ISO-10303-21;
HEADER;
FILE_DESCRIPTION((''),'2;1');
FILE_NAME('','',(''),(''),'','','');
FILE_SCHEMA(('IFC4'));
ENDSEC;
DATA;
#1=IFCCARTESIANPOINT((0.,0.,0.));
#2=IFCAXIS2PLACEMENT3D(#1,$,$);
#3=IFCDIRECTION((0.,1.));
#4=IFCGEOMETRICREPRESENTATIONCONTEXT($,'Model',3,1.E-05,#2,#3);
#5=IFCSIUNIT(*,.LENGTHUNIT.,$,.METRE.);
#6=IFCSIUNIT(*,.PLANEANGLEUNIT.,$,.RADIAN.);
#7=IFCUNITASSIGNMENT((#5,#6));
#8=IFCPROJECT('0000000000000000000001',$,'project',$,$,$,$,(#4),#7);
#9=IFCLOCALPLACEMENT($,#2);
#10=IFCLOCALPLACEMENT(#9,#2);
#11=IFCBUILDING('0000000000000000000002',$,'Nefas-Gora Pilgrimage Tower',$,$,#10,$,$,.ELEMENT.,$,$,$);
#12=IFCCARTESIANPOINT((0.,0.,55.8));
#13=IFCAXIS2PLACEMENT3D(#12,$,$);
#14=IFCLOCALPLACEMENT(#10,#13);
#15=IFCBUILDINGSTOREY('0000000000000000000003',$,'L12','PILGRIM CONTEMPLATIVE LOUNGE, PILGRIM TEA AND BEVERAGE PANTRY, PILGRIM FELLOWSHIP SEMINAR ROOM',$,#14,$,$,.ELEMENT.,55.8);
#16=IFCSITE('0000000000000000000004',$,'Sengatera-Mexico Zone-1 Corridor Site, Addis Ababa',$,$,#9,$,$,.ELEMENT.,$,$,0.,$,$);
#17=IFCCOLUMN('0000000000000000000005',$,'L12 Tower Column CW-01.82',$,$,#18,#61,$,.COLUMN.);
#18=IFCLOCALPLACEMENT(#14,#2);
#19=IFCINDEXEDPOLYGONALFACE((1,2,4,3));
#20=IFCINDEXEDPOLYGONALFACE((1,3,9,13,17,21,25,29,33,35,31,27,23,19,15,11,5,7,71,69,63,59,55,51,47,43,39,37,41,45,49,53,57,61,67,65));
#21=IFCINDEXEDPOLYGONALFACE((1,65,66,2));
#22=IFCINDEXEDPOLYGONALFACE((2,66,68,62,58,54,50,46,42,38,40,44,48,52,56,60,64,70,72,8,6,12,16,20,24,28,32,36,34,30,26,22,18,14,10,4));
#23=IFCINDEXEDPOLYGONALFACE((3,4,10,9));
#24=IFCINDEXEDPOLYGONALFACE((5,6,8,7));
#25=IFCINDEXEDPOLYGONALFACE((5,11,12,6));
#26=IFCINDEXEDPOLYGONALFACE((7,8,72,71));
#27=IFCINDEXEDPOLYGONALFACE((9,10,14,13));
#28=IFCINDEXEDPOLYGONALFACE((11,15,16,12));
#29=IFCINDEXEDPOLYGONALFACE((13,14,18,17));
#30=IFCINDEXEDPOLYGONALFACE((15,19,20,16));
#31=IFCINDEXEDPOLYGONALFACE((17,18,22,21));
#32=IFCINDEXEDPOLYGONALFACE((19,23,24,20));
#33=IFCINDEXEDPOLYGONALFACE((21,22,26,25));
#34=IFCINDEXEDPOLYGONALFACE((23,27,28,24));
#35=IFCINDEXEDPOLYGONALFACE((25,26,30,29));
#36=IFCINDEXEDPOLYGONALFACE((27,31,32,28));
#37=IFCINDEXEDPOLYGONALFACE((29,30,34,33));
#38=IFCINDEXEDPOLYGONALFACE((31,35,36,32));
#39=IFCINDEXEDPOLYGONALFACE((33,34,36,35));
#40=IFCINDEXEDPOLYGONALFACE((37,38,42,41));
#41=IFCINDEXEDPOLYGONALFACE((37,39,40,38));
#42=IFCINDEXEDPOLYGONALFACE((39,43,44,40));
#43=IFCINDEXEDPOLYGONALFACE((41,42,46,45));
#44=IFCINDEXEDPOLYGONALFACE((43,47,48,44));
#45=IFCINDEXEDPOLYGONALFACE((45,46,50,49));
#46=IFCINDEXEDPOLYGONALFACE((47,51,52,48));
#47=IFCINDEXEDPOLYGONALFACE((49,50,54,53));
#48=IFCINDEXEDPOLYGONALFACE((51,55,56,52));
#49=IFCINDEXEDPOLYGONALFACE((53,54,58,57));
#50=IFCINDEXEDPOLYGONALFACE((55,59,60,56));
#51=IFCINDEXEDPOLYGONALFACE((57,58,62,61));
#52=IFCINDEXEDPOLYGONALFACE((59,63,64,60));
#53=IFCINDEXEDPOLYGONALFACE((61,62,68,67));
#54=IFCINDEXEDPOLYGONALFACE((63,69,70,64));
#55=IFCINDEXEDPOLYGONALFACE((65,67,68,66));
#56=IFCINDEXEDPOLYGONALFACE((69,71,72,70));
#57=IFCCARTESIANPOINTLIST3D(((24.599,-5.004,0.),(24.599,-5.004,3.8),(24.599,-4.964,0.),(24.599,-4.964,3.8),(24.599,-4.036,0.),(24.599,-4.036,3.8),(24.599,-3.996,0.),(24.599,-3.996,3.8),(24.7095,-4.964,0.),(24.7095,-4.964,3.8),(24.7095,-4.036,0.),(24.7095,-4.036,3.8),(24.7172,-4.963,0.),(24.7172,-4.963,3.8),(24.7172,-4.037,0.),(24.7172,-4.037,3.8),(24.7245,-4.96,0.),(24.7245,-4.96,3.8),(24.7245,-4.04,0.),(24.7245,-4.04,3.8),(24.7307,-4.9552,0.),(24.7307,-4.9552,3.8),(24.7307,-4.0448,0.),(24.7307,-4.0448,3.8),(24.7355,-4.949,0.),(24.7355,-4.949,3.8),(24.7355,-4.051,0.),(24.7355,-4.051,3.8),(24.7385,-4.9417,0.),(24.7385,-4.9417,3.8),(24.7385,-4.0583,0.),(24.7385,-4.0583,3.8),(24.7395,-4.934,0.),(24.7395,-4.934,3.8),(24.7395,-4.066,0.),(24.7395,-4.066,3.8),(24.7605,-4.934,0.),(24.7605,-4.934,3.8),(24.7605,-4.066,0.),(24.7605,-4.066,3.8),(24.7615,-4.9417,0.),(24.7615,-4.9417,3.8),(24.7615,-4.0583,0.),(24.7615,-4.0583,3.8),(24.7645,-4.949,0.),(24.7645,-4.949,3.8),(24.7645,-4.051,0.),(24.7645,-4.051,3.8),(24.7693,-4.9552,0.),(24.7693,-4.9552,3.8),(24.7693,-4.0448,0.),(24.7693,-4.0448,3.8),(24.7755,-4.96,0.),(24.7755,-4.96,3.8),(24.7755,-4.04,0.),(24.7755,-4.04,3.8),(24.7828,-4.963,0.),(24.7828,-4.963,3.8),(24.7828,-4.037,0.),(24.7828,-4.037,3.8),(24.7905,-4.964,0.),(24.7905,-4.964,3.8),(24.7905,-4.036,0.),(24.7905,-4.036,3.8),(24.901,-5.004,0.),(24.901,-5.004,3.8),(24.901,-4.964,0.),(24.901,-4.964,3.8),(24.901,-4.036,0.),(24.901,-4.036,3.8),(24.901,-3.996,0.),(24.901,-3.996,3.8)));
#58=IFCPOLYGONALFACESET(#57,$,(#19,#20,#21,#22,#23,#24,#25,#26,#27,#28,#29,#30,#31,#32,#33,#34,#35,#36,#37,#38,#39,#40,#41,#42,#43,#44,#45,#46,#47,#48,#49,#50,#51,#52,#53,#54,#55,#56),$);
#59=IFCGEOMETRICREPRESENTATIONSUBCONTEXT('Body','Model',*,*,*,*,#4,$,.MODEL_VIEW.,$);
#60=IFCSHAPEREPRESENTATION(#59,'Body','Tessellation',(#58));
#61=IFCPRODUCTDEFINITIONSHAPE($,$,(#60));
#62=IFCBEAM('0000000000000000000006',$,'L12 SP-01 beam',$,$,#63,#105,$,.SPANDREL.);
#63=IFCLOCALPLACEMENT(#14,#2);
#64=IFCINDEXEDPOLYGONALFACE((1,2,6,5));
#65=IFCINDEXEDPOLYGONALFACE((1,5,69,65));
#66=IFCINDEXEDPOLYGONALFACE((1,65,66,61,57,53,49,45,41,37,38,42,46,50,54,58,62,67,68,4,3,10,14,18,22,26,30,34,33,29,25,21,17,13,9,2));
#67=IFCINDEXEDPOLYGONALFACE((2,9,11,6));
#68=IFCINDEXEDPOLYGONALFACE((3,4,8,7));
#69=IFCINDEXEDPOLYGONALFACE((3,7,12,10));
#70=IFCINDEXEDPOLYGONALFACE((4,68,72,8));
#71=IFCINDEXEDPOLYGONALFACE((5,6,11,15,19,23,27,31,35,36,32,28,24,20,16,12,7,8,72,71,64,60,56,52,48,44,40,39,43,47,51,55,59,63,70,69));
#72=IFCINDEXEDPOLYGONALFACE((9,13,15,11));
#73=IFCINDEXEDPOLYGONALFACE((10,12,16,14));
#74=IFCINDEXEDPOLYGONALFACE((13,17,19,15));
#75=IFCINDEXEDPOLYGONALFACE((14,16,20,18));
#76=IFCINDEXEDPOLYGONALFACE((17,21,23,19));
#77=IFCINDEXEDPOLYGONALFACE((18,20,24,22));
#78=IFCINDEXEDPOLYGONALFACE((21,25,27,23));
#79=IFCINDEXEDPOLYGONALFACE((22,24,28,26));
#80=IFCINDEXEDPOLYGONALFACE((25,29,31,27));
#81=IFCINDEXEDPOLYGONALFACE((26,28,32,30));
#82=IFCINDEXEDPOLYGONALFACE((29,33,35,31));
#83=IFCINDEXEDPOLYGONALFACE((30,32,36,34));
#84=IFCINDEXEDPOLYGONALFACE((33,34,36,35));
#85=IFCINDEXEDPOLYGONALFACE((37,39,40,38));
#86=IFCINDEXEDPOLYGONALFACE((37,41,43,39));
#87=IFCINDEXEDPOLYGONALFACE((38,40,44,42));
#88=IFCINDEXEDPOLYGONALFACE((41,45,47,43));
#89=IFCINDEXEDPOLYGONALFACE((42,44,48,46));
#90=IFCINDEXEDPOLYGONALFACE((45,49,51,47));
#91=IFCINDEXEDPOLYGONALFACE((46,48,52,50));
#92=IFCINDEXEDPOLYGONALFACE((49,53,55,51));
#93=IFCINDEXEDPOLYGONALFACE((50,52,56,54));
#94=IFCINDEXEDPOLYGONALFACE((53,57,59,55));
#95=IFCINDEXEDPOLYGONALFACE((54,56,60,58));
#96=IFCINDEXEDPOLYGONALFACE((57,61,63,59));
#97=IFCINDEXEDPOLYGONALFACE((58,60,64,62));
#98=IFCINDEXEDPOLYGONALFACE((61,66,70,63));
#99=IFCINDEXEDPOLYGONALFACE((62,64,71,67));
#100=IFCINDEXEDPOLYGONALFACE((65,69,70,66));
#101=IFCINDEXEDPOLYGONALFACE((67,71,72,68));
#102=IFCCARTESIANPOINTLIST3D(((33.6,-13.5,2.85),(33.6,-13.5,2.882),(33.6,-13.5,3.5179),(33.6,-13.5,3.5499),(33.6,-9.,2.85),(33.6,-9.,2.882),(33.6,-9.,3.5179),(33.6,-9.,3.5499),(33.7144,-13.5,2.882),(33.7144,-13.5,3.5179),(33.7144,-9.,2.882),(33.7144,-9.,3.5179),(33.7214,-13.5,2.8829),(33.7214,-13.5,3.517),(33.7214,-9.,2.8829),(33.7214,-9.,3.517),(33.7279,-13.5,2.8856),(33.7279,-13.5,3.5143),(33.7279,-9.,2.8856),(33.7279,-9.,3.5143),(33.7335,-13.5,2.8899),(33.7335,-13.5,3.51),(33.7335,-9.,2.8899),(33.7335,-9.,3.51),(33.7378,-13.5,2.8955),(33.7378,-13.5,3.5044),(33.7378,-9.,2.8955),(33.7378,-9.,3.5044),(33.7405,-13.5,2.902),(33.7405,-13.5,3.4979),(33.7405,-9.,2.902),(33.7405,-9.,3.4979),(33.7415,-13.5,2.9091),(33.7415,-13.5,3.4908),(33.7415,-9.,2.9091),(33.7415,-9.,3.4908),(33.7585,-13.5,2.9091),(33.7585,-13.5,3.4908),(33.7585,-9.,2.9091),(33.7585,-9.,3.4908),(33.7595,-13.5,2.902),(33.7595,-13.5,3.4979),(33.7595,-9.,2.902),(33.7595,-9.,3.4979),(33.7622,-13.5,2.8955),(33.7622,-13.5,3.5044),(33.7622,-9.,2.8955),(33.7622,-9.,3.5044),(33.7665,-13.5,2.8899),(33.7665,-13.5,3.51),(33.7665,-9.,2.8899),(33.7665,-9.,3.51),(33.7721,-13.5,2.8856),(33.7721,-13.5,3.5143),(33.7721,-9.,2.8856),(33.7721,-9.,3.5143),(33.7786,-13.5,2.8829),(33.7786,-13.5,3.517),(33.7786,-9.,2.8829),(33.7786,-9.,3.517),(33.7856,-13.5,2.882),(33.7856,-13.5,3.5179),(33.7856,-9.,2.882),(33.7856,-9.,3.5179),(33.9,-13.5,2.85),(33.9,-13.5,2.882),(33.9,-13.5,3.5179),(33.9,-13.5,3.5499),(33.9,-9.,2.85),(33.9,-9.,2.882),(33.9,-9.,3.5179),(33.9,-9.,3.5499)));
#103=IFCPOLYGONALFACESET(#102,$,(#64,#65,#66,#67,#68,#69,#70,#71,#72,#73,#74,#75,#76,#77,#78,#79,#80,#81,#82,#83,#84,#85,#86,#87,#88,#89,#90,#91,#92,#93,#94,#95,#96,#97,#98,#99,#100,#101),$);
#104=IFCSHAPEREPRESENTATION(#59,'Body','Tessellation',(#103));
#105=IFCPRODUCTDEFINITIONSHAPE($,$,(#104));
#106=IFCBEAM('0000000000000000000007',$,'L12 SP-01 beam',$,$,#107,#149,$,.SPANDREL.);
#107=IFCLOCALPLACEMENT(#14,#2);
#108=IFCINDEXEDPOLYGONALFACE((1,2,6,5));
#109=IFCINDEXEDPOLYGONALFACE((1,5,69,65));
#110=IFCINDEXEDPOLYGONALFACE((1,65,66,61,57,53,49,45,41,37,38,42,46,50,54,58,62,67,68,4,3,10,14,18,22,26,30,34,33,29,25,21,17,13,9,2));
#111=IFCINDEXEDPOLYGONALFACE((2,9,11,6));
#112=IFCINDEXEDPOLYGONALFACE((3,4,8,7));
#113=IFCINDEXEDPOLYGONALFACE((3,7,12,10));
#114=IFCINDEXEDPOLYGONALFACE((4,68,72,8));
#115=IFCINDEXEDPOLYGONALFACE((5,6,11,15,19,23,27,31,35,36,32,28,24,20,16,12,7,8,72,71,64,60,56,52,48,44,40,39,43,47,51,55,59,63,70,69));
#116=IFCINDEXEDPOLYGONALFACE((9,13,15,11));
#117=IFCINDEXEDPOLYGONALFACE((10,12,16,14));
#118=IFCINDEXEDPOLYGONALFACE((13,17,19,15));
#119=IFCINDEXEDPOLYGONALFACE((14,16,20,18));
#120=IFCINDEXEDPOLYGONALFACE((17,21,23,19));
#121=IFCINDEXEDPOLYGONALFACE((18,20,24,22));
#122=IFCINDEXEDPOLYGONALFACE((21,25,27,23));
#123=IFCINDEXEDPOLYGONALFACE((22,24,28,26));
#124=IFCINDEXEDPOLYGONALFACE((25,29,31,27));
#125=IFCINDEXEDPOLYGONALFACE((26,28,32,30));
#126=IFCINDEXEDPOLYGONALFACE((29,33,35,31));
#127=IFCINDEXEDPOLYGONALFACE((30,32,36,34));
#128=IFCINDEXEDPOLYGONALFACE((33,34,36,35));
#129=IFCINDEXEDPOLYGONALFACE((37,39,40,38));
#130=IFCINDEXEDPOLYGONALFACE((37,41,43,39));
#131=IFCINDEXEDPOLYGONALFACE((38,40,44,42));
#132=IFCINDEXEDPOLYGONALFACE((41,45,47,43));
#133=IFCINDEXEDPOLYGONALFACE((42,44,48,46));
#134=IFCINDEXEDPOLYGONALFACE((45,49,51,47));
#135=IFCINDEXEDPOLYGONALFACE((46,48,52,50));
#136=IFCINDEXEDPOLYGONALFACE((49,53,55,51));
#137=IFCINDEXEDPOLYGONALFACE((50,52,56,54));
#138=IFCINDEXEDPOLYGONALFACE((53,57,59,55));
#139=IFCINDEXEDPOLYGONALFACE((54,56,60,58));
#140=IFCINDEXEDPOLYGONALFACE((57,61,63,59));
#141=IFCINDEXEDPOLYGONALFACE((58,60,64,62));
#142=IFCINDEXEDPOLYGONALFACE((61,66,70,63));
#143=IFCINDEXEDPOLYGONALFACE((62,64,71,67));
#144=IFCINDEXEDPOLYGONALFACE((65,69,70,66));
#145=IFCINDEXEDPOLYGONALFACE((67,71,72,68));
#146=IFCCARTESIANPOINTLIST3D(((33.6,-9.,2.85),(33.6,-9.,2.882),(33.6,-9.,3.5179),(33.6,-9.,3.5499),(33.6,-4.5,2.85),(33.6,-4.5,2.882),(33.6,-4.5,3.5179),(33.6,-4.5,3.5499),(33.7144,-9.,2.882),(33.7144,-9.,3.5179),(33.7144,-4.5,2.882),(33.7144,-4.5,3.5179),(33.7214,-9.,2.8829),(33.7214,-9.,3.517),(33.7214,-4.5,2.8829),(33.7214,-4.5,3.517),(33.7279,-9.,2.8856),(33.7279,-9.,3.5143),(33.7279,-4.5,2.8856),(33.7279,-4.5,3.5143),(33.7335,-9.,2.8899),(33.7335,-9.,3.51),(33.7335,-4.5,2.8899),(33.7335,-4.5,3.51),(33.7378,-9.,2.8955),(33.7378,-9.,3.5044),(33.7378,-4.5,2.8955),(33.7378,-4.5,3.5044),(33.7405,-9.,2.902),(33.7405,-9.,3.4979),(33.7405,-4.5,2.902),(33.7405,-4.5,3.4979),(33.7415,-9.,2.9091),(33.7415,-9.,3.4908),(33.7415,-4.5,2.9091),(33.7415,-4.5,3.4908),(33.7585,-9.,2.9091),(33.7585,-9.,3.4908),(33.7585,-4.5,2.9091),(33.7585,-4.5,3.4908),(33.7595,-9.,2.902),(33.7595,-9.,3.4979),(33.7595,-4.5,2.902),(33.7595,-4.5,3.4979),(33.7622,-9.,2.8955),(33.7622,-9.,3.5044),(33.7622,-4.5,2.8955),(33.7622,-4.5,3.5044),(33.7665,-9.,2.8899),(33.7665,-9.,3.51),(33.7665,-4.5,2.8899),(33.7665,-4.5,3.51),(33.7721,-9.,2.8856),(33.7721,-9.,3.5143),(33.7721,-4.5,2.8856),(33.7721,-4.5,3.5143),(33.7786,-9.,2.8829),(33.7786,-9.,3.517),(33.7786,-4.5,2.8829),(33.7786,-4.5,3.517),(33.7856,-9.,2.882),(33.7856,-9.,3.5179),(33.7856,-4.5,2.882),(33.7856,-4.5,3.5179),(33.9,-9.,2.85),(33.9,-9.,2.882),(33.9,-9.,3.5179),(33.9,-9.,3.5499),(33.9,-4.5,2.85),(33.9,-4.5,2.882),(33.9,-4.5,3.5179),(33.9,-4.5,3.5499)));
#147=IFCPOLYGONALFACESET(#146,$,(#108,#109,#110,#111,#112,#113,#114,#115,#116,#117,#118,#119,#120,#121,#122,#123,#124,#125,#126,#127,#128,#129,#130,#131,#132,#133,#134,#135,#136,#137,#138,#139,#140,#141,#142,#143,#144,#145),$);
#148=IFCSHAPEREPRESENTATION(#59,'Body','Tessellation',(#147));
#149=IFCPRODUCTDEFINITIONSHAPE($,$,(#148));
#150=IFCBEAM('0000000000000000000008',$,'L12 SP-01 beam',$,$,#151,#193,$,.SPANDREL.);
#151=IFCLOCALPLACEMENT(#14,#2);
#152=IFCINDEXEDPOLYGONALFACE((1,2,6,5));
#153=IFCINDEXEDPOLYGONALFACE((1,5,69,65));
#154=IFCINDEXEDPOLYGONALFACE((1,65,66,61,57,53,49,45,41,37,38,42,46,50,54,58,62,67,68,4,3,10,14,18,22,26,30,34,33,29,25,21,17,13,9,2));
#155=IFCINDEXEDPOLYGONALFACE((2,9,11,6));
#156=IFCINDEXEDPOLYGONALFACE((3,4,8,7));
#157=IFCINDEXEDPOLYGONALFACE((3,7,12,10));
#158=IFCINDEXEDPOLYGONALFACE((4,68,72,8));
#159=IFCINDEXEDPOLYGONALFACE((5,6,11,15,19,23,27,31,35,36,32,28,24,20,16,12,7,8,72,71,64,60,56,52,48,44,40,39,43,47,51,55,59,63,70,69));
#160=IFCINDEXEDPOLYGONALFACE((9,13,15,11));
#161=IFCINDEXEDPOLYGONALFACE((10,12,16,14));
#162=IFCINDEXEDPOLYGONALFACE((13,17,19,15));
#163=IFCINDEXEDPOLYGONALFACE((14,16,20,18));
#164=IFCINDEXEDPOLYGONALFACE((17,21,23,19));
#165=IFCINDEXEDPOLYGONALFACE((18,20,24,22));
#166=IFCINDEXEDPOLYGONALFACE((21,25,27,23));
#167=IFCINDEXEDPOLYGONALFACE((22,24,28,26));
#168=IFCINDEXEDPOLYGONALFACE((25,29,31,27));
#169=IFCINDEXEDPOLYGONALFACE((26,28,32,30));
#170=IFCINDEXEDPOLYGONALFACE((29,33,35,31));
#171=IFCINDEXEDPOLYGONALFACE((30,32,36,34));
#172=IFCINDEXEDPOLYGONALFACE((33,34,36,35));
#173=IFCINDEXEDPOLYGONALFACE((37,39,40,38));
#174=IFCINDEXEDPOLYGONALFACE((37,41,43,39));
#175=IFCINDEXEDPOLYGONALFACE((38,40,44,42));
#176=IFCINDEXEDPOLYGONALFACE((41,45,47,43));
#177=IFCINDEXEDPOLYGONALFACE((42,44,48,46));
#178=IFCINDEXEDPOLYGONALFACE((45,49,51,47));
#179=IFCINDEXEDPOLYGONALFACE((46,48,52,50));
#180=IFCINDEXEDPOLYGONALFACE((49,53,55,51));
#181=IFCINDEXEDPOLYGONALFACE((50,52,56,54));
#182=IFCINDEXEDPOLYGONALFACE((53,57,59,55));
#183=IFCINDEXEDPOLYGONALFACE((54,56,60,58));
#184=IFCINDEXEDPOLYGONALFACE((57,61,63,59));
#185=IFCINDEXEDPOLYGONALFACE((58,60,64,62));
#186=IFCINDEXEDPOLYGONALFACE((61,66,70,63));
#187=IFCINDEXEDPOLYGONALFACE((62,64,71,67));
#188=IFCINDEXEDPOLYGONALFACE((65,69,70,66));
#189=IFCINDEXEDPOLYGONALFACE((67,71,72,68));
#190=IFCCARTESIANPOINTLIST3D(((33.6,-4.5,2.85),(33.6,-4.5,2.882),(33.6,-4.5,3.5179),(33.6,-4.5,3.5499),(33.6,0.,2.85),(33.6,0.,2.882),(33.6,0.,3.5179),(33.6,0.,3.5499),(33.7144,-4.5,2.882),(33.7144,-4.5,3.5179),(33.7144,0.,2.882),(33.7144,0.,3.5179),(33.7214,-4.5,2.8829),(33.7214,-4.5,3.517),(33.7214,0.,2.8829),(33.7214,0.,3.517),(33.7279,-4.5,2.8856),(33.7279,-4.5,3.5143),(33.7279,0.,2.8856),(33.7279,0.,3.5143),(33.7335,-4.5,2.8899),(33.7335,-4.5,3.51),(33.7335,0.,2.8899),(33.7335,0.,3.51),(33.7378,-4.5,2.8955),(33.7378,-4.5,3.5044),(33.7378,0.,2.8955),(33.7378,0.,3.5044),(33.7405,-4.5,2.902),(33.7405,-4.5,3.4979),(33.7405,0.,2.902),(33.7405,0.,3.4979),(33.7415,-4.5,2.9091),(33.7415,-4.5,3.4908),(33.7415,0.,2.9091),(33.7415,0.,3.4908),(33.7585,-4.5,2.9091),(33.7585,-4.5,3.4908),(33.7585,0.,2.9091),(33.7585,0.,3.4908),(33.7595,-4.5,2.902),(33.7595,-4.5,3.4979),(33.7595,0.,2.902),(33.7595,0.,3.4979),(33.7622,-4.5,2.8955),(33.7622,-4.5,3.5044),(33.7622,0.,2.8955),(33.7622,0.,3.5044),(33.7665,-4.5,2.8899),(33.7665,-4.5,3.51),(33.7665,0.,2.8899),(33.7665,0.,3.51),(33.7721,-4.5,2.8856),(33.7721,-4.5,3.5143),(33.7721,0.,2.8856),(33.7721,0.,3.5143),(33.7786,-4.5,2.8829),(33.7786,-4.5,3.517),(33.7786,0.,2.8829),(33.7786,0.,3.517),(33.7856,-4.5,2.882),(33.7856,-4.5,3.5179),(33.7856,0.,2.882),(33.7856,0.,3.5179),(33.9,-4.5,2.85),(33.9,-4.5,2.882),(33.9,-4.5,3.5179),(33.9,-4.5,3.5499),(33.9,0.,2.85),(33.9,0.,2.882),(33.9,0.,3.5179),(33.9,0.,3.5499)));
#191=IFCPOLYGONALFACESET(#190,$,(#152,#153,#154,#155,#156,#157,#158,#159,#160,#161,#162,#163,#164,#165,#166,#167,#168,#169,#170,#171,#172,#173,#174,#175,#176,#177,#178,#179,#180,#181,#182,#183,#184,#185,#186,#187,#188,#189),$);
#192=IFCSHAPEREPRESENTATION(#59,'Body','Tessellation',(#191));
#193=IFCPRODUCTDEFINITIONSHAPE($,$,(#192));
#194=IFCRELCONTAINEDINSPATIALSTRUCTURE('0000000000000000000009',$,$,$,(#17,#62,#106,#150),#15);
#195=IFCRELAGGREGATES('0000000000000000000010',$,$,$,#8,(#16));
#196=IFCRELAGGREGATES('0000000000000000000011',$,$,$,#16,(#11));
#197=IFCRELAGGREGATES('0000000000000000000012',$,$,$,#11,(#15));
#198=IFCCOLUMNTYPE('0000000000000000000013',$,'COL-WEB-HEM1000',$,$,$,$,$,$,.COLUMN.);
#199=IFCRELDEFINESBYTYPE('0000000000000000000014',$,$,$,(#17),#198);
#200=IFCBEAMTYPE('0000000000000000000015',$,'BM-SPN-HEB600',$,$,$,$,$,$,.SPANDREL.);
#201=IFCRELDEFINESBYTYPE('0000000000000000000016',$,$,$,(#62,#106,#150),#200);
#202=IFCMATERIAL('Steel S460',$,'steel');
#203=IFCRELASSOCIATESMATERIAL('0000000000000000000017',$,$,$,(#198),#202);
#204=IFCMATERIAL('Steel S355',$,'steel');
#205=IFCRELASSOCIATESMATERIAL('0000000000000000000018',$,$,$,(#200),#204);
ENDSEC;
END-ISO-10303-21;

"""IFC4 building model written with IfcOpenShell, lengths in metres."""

from ifc_helpers import new_model, si_unit, direction, frame, origin, origin_2d, place, context, subcontext, project, spatial, i_section, extrude, source, transform, mapped, material, material_profile, profile_set, type_object, element, save


model = new_model("IFC4")

# Units and contexts
model_context = context("Model", 3, precision=1e-05, world=origin(), true_north=direction((0.0, 1.0)))
body_context = subcontext(model_context, "Body", "Model", "MODEL_VIEW")
ifc_project = project(units=[si_unit("LENGTHUNIT", "METRE"), si_unit("PLANEANGLEUNIT", "RADIAN")], contexts=[model_context])

# Site, building, storey
site_placement = place(None, origin())
site = spatial("IfcSite", under=ifc_project, at=site_placement, Name="Sengatera-Mexico Zone-1 Corridor Site, Addis Ababa", CompositionType="ELEMENT", RefElevation=0.0)
building_placement = place(site_placement, origin())
building = spatial("IfcBuilding", under=site, at=building_placement, Name="Nefas-Gora Pilgrimage Tower", CompositionType="ELEMENT")
storey_placement = place(building_placement, frame((0.0, 0.0, 55.8)))
storey = spatial("IfcBuildingStorey", under=building, at=storey_placement, Name="L12", Description="PILGRIM CONTEMPLATIVE LOUNGE, PILGRIM TEA AND BEVERAGE PANTRY, PILGRIM FELLOWSHIP SEMINAR ROOM", CompositionType="ELEMENT", Elevation=55.8)

# Column
ifc_material_1 = material(Name="Steel S460", Category="steel")
ifc_material_profile_1 = material_profile(ifc_material_1, i_section(OverallWidth=0.302, OverallDepth=1.0081, WebThickness=0.021, FlangeThickness=0.04, FilletRadius=0.03, at=origin_2d()), Name="HEM 1000")
ifc_profile_set_1 = profile_set([ifc_material_profile_1], Name="Steel S460")
column_type_1 = type_object("IfcColumnType", Name="COL-WEB-HEM1000", PredefinedType="COLUMN", material=ifc_profile_set_1)
shared_shape_1 = source(origin(), body_context, "Body", "SweptSolid", [
    extrude(i_section(OverallWidth=0.302, OverallDepth=1.0081, WebThickness=0.021, FlangeThickness=0.04, FilletRadius=0.03, at=origin_2d()), origin(), (0.0, 0.0, 1.0), 3.8),
])
for number, where, z_axis, x_axis, name in (
    (1, (24.75, -4.5, 0.0), (0.0, 0.0, 1.0), (1.0, 0.0, 0.0), "L12 Tower Column CW-01.82"),
):
    element("IfcColumn", number, at=place(storey_placement, frame(where, z_axis=z_axis, x_axis=x_axis)), inside=storey, type_object=column_type_1, Name=name, PredefinedType="COLUMN", context=body_context, shape_type="MappedRepresentation", body=[
        mapped(shared_shape_1, transform((0.0, 0.0, 0.0), x_axis=(1.0, 0.0, 0.0), y_axis=(0.0, 1.0, 0.0), z_axis=(0.0, 0.0, 1.0), scale=1.0)),
    ])

# Beams
ifc_material_2 = material(Name="Steel S355", Category="steel")
ifc_material_profile_2 = material_profile(ifc_material_2, i_section(OverallWidth=0.3, OverallDepth=0.7, WebThickness=0.0171, FlangeThickness=0.032, FilletRadius=0.0271, at=origin_2d()), Name="HEB 700")
ifc_profile_set_2 = profile_set([ifc_material_profile_2], Name="Steel S355")
beam_type_1 = type_object("IfcBeamType", Name="BM-SPN-HEB600", PredefinedType="SPANDREL", material=ifc_profile_set_2)
shared_shape_2 = source(origin(), body_context, "Body", "SweptSolid", [
    extrude(i_section(OverallWidth=0.3, OverallDepth=0.7, WebThickness=0.0171, FlangeThickness=0.032, FilletRadius=0.0271, at=origin_2d()), origin(), (0.0, 0.0, 1.0), 4.5),
])
for number, where, z_axis, x_axis, name in (
    (2, (33.75, -13.5, 3.2), (0.0, 1.0, 0.0), (-1.0, 0.0, 0.0), "L12 SP-01 beam"),
    (3, (33.75, -9.0, 3.2), (0.0, 1.0, 0.0), (-1.0, 0.0, 0.0), "L12 SP-01 beam"),
    (4, (33.75, -4.5, 3.2), (0.0, 1.0, 0.0), (-1.0, 0.0, 0.0), "L12 SP-01 beam"),
):
    element("IfcBeam", number, at=place(storey_placement, frame(where, z_axis=z_axis, x_axis=x_axis)), inside=storey, type_object=beam_type_1, Name=name, PredefinedType="SPANDREL", context=body_context, shape_type="MappedRepresentation", body=[
        mapped(shared_shape_2, transform((0.0, 0.0, 0.0), x_axis=(1.0, 0.0, 0.0), y_axis=(0.0, 1.0, 0.0), z_axis=(0.0, 0.0, 1.0), scale=1.0)),
    ])

save(model, "model.ifc")
